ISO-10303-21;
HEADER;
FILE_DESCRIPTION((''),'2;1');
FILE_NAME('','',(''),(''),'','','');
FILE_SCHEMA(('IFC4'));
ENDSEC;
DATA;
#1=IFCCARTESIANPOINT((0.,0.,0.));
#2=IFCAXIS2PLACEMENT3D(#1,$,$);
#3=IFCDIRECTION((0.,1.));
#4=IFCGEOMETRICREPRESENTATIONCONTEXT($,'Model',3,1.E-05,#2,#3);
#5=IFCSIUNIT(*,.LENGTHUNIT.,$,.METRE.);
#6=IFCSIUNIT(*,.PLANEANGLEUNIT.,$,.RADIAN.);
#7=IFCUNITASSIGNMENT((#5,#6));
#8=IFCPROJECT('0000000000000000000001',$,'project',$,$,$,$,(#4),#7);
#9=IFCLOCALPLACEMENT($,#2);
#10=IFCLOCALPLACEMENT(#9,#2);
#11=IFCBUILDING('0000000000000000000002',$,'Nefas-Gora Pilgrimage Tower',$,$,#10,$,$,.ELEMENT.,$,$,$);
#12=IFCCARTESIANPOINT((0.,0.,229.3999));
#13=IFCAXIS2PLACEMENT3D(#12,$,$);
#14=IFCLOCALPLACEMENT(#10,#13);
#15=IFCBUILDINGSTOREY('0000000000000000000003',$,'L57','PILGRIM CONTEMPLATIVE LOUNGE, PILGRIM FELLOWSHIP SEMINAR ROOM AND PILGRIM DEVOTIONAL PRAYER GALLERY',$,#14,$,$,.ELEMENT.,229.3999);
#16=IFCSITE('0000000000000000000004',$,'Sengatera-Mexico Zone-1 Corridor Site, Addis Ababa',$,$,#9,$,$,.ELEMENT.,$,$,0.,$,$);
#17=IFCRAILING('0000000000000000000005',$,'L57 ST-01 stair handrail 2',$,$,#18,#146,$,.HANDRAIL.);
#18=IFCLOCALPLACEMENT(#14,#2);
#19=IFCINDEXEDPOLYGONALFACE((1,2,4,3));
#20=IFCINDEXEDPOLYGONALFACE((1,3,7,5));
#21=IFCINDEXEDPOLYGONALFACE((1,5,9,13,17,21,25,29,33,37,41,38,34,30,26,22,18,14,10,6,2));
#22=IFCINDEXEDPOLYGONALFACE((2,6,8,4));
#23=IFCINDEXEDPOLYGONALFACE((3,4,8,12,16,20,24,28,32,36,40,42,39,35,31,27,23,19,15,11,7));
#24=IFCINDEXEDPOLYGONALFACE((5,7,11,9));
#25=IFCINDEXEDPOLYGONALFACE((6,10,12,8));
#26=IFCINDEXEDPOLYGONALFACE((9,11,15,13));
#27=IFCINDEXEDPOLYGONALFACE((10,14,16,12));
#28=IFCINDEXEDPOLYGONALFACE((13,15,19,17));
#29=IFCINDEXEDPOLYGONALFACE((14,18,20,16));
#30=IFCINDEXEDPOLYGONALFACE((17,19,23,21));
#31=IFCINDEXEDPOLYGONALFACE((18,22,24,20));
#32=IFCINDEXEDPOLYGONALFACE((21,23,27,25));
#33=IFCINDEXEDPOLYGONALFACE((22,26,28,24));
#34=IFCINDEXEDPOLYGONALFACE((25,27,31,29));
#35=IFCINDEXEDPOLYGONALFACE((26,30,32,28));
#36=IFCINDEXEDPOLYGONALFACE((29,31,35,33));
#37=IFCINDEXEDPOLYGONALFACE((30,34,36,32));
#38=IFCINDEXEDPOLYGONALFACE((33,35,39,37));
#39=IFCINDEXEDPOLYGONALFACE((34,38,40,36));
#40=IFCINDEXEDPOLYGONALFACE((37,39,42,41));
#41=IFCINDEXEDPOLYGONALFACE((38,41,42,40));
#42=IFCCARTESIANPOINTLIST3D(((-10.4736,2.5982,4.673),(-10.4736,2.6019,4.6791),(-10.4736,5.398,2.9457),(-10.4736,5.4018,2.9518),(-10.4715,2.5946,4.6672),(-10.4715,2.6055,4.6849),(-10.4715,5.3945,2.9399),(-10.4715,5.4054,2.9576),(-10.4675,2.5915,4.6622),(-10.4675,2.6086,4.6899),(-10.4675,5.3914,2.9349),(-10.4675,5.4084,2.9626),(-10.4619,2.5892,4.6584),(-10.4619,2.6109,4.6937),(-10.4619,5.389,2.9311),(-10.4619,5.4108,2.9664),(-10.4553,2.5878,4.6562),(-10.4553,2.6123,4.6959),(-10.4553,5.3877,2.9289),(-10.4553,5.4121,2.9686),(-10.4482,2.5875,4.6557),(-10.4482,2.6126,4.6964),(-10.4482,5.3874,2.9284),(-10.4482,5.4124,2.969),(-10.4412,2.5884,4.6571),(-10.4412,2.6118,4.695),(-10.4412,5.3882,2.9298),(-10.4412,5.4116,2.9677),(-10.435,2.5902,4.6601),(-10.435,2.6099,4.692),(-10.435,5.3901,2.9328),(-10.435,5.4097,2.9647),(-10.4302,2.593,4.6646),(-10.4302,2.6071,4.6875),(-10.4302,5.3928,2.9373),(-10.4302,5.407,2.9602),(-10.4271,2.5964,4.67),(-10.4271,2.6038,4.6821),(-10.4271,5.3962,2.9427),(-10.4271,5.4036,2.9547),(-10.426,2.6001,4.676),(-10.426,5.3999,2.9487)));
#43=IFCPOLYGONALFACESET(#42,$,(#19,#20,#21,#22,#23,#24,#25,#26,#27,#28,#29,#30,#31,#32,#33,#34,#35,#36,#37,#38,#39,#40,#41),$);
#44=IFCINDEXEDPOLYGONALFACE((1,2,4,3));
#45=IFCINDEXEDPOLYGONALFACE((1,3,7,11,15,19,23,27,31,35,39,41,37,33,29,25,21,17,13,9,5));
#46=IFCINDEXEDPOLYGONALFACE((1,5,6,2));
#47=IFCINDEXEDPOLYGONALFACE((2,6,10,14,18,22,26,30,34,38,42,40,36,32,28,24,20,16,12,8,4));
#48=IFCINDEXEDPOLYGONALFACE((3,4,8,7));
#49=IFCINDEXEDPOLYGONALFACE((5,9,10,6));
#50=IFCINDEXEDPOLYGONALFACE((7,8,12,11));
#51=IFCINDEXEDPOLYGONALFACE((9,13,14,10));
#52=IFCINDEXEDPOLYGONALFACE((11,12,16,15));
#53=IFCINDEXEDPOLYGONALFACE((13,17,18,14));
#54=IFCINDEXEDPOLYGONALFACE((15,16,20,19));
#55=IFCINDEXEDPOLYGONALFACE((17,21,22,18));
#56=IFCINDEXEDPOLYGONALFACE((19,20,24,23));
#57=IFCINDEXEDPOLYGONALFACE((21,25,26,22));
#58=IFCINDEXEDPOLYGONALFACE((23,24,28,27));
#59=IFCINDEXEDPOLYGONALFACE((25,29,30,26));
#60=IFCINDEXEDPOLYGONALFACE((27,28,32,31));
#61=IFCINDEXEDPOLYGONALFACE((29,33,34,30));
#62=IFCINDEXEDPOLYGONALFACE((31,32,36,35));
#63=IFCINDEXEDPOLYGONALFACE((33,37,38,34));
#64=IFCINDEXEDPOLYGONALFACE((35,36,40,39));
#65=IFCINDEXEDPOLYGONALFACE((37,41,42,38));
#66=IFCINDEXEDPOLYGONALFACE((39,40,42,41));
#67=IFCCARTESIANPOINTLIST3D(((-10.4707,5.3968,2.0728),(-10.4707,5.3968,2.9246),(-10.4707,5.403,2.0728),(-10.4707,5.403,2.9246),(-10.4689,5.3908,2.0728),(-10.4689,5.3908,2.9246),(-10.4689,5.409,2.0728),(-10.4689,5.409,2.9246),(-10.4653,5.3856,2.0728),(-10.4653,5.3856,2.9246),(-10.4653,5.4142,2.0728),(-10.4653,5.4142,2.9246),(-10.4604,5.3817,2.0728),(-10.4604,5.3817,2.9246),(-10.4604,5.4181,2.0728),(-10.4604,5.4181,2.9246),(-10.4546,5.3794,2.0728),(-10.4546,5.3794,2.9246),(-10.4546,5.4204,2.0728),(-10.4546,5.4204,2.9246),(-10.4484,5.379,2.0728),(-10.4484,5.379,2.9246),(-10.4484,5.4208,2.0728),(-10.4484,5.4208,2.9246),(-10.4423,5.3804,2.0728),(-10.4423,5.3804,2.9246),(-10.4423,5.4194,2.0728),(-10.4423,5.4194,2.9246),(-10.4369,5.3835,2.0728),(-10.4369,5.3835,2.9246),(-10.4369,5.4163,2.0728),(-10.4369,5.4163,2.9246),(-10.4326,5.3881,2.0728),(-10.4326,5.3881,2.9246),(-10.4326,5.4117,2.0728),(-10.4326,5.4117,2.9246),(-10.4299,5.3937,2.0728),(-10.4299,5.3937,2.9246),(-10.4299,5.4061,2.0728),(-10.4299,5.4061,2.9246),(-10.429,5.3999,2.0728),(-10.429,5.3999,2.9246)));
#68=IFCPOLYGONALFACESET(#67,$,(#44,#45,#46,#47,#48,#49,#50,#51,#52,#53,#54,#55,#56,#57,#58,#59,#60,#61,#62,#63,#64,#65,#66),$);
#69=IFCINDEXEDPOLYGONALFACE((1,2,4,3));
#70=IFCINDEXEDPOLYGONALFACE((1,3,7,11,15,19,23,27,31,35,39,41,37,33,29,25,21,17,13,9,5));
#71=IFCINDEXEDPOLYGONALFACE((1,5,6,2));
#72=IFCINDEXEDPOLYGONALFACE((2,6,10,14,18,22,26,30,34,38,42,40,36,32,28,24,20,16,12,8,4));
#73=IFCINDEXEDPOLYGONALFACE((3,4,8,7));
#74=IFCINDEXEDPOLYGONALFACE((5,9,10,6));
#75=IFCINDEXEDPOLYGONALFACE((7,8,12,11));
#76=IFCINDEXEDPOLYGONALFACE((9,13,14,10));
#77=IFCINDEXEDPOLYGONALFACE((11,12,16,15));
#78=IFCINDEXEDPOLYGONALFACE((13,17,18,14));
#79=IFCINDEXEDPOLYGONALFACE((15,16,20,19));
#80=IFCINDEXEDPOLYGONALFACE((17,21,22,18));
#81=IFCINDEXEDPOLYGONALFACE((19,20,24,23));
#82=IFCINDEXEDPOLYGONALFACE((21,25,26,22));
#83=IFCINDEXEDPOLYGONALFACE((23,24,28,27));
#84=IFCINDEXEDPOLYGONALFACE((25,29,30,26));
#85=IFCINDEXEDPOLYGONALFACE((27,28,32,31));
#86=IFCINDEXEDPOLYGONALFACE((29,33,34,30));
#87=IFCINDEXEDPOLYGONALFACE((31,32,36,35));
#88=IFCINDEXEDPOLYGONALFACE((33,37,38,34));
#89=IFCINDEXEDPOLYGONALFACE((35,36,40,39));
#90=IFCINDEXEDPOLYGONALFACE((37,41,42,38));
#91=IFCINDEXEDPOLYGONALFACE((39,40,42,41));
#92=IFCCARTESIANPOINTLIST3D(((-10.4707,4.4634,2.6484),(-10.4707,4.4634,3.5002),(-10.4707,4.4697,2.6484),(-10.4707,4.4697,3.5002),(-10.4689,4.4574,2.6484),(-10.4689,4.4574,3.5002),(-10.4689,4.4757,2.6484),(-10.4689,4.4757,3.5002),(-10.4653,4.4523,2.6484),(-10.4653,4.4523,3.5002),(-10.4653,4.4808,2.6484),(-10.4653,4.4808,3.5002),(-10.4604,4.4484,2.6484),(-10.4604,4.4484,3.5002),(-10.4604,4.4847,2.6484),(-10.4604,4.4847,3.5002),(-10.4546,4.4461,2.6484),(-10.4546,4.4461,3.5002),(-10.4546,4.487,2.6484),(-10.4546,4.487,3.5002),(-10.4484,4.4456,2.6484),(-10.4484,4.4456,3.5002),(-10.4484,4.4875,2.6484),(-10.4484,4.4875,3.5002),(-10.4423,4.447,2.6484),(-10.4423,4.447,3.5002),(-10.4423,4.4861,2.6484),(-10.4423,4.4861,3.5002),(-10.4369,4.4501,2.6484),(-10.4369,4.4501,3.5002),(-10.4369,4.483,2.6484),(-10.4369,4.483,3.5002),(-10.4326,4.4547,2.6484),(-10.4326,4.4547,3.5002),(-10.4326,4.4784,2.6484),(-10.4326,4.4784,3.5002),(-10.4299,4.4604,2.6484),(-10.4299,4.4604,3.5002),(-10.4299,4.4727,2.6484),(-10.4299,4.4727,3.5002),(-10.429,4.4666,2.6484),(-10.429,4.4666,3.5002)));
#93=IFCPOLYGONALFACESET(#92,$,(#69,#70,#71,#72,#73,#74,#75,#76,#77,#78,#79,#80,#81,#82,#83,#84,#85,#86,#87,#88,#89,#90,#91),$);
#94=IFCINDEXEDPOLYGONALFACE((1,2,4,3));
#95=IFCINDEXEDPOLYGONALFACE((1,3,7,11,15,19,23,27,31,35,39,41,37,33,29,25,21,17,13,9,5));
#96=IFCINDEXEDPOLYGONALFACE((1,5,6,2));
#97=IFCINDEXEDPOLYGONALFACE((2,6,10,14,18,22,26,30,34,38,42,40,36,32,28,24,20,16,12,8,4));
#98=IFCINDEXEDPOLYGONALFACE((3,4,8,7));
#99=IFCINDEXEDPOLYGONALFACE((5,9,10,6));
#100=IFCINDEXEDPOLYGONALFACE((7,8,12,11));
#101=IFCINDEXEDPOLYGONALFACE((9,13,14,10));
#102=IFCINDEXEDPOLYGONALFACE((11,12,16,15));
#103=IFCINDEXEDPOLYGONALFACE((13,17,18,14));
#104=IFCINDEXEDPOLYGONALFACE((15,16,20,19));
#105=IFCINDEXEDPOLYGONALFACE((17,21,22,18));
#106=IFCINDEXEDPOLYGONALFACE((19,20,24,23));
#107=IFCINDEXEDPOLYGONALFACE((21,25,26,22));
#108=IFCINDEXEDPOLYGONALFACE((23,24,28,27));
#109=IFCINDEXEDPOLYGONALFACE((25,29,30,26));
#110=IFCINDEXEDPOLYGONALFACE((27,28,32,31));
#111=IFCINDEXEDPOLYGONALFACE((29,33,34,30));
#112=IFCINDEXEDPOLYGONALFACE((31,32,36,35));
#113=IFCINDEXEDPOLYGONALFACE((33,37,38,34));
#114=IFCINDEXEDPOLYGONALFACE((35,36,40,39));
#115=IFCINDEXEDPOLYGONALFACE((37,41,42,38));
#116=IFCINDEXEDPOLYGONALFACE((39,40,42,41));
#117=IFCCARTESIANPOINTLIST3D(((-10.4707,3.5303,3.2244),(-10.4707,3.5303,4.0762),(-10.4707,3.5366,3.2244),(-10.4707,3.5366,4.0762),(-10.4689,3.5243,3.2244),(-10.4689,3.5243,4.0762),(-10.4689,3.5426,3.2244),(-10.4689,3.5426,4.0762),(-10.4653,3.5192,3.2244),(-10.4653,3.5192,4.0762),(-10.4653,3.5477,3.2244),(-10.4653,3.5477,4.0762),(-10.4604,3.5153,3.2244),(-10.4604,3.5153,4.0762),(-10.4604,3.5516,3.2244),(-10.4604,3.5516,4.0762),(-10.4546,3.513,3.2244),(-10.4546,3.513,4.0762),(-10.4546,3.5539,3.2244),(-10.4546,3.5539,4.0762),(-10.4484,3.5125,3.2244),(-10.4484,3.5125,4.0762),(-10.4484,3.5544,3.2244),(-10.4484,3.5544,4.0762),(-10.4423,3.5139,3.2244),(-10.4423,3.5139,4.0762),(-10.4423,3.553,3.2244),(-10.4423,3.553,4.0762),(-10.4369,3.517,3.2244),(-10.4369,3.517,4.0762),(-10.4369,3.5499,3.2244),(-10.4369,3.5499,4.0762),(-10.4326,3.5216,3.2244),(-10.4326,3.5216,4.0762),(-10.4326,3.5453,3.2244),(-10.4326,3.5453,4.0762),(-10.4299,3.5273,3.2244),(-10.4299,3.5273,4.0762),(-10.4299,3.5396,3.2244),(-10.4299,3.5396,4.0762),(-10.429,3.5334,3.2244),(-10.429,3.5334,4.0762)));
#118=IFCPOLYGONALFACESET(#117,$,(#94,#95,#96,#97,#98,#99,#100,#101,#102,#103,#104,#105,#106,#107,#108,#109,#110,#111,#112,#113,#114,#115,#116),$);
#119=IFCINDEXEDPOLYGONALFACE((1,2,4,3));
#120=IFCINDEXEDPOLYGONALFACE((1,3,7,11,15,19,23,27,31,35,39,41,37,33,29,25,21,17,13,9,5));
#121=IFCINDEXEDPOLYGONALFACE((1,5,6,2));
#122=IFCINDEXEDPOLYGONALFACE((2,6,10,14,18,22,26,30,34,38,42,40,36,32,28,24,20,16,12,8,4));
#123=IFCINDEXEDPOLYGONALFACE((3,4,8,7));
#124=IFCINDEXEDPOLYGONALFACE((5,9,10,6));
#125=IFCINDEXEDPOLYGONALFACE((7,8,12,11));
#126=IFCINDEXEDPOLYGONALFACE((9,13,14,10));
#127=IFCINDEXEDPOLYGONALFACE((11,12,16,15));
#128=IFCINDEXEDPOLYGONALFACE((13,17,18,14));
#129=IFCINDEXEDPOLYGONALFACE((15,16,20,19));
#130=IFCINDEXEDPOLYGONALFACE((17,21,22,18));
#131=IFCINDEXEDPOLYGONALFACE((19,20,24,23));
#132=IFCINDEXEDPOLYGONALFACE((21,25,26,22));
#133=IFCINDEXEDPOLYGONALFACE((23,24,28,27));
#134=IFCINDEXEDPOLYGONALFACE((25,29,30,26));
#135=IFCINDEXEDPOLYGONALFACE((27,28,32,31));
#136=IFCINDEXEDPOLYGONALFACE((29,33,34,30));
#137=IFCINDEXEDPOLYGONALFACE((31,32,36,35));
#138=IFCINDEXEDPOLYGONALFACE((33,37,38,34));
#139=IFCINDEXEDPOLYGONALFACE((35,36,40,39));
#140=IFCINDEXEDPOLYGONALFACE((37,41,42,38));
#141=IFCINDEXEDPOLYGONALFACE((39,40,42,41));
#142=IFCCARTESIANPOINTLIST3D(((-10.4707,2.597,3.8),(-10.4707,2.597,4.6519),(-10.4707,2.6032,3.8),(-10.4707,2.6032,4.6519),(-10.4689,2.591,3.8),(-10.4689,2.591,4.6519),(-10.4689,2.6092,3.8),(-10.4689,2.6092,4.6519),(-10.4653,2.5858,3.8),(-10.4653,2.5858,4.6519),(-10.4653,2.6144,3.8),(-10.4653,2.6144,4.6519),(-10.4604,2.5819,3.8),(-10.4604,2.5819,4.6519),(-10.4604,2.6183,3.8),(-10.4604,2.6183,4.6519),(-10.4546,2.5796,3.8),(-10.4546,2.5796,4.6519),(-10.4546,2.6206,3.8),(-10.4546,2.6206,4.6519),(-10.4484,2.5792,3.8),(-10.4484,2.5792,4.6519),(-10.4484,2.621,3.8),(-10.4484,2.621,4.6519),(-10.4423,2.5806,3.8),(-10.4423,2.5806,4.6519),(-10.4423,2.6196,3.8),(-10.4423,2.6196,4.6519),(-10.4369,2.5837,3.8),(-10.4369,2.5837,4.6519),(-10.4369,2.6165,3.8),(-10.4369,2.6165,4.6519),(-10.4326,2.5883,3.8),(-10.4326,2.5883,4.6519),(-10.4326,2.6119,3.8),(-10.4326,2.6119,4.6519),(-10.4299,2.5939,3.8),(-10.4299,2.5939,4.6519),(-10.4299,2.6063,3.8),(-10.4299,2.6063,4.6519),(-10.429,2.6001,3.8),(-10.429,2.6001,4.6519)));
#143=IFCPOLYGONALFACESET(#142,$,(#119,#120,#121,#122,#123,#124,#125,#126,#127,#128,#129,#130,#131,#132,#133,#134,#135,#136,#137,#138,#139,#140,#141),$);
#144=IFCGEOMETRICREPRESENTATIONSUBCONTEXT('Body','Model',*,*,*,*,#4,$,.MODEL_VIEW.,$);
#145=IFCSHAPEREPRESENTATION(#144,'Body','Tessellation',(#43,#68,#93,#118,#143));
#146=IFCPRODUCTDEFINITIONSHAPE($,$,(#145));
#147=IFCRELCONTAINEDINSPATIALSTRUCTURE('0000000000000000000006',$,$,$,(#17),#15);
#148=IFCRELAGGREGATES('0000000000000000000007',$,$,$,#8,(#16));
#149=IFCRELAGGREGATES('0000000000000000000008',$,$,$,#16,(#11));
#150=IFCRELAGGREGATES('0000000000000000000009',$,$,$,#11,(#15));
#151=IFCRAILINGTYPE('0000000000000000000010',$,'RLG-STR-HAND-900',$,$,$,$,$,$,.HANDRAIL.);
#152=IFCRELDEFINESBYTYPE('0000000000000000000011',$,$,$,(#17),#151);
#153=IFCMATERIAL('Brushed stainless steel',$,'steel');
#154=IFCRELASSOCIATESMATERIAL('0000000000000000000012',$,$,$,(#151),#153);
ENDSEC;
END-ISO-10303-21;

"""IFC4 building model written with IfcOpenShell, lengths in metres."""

from ifc_helpers import new_model, si_unit, direction, frame, origin, origin_2d, place, context, subcontext, project, spatial, circle, extrude, material, type_object, element, save


model = new_model("IFC4")

# Units and contexts
model_context = context("Model", 3, precision=1e-05, world=origin(), true_north=direction((0.0, 1.0)))
body_context = subcontext(model_context, "Body", "Model", "MODEL_VIEW")
ifc_project = project(units=[si_unit("LENGTHUNIT", "METRE"), si_unit("PLANEANGLEUNIT", "RADIAN")], contexts=[model_context])

# Site, building, storey
site_placement = place(None, origin())
site = spatial("IfcSite", under=ifc_project, at=site_placement, Name="Sengatera-Mexico Zone-1 Corridor Site, Addis Ababa", CompositionType="ELEMENT", RefElevation=0.0)
building_placement = place(site_placement, origin())
building = spatial("IfcBuilding", under=site, at=building_placement, Name="Nefas-Gora Pilgrimage Tower", CompositionType="ELEMENT")
storey_placement = place(building_placement, frame((0.0, 0.0, 229.3999)))
storey = spatial("IfcBuildingStorey", under=building, at=storey_placement, Name="L57", Description="PILGRIM CONTEMPLATIVE LOUNGE, PILGRIM FELLOWSHIP SEMINAR ROOM AND PILGRIM DEVOTIONAL PRAYER GALLERY", CompositionType="ELEMENT", Elevation=229.3999)

# Railing
ifc_material_1 = material(Name="Brushed stainless steel", Category="steel")
railing_type_1 = type_object("IfcRailingType", Name="RLG-STR-HAND-900", PredefinedType="HANDRAIL", material=ifc_material_1)
railing_1_placement = place(storey_placement, frame((-10.45, 5.3999, 2.0728)))
element("IfcRailing", 1, at=railing_1_placement, inside=storey, type_object=railing_type_1, Name="L57 ST-01 stair handrail 2", PredefinedType="HANDRAIL", context=body_context, shape_type="SweptSolid", body=[
    extrude(circle(Radius=0.0239, at=origin_2d()), frame((0.0, 0.0, 0.876), z_axis=(0.0, -0.851069, 0.525054), x_axis=(1.0, 0.0, 0.0)), (0.0, 0.0, 1.0), 3.2898),
    extrude(circle(Radius=0.021, at=origin_2d()), origin(), (0.0, 0.0, 1.0), 0.8518),
    extrude(circle(Radius=0.021, at=origin_2d()), frame((0.0, -0.9333, 0.5757)), (0.0, 0.0, 1.0), 0.8518),
    extrude(circle(Radius=0.021, at=origin_2d()), frame((0.0, -1.8665, 1.1516)), (0.0, 0.0, 1.0), 0.8518),
    extrude(circle(Radius=0.021, at=origin_2d()), frame((0.0, -2.7998, 1.7273)), (0.0, 0.0, 1.0), 0.8518),
])

save(model, "model.ifc")
